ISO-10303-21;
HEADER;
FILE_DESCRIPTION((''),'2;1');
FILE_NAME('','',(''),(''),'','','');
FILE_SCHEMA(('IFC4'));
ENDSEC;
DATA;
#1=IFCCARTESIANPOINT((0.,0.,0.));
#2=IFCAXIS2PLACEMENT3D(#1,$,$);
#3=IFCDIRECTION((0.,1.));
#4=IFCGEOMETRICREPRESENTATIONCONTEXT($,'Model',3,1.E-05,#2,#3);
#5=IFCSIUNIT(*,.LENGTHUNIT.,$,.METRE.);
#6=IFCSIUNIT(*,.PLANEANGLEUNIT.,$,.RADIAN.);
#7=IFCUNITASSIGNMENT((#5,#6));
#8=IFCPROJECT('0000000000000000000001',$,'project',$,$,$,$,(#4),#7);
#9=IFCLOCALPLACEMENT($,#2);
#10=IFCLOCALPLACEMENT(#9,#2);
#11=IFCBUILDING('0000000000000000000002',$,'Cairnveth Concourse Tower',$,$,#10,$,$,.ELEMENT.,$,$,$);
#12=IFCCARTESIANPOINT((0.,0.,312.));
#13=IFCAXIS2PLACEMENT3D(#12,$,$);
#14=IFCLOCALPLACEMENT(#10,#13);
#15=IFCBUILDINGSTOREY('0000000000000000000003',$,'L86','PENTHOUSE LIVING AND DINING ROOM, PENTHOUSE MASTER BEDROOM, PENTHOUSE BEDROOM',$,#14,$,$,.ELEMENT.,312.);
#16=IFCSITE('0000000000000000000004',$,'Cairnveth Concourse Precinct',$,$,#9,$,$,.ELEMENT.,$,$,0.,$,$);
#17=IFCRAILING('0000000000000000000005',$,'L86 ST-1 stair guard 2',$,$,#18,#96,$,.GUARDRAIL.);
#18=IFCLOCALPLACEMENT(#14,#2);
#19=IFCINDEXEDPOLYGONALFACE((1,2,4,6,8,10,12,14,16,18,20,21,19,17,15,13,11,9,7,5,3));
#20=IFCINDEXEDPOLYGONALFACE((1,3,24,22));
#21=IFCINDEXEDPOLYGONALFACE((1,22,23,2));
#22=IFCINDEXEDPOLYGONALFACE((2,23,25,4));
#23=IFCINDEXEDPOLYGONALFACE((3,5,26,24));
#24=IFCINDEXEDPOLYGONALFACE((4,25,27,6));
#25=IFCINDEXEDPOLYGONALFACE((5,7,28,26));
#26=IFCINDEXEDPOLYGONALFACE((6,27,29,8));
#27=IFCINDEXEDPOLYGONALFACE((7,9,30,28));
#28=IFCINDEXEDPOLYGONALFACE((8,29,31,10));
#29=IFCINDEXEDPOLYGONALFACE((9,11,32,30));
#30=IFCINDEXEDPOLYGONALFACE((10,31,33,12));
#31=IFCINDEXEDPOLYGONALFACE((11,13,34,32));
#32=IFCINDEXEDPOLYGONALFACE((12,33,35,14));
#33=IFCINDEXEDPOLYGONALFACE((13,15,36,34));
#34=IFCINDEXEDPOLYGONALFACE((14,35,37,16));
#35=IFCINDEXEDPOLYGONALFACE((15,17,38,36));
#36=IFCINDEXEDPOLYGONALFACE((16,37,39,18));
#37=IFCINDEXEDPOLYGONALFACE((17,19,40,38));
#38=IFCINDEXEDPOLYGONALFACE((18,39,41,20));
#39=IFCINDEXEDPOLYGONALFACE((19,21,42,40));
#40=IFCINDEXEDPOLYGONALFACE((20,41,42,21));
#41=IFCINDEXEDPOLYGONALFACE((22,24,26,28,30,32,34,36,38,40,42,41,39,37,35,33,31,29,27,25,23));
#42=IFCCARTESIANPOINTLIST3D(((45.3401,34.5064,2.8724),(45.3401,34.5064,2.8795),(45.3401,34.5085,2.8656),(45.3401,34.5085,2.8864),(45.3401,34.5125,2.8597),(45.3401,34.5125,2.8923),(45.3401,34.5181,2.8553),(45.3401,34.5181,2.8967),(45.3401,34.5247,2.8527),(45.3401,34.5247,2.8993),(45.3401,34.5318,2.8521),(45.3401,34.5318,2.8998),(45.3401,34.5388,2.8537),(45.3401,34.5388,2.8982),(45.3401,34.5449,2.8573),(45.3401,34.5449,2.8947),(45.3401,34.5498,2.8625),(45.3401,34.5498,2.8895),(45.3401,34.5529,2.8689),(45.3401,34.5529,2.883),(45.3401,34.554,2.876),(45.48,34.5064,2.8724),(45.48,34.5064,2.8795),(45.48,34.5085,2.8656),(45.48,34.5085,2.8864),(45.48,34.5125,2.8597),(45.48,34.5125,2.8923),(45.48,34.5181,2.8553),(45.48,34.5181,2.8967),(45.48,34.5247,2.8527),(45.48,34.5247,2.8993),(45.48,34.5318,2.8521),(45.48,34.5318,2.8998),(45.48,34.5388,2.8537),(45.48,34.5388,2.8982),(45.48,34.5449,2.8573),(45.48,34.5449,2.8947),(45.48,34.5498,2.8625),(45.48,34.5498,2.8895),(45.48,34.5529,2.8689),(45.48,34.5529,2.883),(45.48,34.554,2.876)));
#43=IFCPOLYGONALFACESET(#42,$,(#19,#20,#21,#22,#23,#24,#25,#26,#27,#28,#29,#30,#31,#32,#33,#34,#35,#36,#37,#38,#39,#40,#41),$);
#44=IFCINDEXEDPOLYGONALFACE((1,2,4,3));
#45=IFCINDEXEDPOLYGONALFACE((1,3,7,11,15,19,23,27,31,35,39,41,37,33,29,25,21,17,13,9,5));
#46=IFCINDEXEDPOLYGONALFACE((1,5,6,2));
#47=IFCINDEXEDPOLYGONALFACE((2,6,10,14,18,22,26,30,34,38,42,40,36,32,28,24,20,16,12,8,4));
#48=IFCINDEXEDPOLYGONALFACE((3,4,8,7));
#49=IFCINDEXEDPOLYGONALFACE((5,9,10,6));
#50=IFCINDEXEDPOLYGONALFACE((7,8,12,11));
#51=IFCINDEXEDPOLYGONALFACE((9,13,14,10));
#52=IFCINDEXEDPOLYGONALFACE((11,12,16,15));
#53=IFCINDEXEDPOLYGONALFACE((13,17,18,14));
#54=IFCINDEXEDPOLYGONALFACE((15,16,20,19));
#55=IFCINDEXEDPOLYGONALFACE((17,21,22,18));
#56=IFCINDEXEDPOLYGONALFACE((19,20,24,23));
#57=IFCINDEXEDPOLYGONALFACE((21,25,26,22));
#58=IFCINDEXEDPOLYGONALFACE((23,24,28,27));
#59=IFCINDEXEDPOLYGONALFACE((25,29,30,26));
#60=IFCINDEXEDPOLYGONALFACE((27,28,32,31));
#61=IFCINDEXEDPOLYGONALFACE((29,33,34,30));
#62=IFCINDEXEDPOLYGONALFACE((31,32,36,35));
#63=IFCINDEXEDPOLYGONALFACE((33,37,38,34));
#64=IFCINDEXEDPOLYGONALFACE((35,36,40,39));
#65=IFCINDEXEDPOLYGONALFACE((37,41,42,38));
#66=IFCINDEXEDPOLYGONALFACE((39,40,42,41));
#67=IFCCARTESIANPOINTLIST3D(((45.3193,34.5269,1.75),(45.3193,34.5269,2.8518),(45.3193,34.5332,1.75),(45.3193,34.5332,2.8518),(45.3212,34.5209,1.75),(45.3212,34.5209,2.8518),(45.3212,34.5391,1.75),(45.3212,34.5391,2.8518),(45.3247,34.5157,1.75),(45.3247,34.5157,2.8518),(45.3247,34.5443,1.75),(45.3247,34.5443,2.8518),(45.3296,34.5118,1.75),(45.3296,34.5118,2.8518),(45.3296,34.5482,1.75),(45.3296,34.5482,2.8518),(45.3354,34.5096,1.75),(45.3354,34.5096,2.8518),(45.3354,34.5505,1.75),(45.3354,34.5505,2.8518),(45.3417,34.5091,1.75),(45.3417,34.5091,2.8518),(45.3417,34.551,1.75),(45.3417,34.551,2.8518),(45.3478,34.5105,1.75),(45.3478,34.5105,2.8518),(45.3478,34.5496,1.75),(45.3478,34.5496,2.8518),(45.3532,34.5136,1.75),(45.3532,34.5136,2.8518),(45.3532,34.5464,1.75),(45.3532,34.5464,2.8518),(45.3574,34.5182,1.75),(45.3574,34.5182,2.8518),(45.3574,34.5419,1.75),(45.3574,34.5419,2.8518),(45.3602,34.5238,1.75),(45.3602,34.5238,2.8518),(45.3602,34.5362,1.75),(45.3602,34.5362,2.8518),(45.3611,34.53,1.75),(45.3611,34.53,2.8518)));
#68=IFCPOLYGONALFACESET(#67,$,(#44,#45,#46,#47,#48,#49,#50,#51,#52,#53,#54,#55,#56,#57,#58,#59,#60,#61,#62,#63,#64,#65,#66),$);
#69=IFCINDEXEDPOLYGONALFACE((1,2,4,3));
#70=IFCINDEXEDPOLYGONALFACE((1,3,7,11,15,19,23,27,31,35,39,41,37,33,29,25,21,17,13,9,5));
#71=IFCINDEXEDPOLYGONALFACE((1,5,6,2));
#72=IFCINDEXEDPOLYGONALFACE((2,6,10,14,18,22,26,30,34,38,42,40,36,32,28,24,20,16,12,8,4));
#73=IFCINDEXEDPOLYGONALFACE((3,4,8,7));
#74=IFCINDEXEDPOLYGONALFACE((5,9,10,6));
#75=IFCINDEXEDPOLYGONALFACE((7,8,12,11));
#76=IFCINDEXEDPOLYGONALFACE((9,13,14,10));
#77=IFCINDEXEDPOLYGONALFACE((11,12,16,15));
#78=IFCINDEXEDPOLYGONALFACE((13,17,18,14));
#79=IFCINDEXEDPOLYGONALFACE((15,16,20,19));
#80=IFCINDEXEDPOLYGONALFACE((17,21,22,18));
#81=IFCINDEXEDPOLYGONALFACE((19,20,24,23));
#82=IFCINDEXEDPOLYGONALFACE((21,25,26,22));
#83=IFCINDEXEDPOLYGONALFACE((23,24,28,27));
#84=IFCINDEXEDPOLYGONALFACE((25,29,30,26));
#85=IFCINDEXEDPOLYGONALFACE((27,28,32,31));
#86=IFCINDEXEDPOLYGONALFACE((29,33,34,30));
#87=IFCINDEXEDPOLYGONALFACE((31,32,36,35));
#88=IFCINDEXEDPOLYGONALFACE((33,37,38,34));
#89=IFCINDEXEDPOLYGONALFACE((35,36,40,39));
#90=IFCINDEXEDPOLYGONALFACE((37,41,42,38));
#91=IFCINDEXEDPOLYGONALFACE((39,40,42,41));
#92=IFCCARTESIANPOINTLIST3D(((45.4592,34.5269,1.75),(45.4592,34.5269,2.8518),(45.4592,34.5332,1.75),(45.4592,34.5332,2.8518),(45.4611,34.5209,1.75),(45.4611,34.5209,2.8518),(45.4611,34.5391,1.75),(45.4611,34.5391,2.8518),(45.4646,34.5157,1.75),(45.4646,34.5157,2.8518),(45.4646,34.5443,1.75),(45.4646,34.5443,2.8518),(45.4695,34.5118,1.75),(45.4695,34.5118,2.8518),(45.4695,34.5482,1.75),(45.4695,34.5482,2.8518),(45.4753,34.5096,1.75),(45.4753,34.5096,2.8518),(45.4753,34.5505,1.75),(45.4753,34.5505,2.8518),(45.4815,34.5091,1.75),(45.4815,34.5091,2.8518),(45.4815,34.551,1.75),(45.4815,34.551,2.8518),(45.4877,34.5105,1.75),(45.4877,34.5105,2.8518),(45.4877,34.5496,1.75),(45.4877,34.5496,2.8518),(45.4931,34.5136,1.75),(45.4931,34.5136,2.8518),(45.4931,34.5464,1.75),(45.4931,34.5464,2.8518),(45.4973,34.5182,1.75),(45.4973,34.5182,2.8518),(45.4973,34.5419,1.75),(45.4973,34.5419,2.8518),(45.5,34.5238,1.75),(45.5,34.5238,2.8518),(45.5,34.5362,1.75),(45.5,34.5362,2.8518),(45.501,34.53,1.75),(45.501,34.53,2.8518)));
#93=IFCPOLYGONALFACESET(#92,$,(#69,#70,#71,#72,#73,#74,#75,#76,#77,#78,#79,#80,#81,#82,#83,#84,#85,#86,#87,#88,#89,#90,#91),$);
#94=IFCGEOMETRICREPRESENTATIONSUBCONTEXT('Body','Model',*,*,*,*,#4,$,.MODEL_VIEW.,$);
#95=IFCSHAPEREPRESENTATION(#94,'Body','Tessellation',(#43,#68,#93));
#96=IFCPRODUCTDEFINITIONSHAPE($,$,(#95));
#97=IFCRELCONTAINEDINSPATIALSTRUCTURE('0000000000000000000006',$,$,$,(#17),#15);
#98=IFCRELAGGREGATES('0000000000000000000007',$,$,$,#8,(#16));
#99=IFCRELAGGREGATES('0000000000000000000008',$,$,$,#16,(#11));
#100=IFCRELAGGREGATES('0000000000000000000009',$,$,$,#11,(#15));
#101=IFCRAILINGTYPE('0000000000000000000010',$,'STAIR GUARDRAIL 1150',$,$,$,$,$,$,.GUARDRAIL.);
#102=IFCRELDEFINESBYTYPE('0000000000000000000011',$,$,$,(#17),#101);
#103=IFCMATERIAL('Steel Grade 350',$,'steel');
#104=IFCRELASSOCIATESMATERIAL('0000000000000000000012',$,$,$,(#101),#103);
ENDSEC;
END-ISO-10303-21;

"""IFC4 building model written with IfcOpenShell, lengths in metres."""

from ifc_helpers import new_model, si_unit, direction, frame, origin, origin_2d, place, context, subcontext, project, spatial, circle, extrude, material, type_object, element, save


model = new_model("IFC4")

# Units and contexts
model_context = context("Model", 3, precision=1e-05, world=origin(), true_north=direction((0.0, 1.0)))
body_context = subcontext(model_context, "Body", "Model", "MODEL_VIEW")
ifc_project = project(units=[si_unit("LENGTHUNIT", "METRE"), si_unit("PLANEANGLEUNIT", "RADIAN")], contexts=[model_context])

# Site, building, storey
site_placement = place(None, origin())
site = spatial("IfcSite", under=ifc_project, at=site_placement, Name="Cairnveth Concourse Precinct", CompositionType="ELEMENT", RefElevation=0.0)
building_placement = place(site_placement, origin())
building = spatial("IfcBuilding", under=site, at=building_placement, Name="Cairnveth Concourse Tower", CompositionType="ELEMENT")
storey_placement = place(building_placement, frame((0.0, 0.0, 312.0)))
storey = spatial("IfcBuildingStorey", under=building, at=storey_placement, Name="L86", Description="PENTHOUSE LIVING AND DINING ROOM, PENTHOUSE MASTER BEDROOM, PENTHOUSE BEDROOM", CompositionType="ELEMENT", Elevation=312.0)

# Shared definitions
ifc_material_1 = material(Name="Steel Grade 350", Category="steel")

# Railing
railing_type_1 = type_object("IfcRailingType", Name="STAIR GUARDRAIL 1150", PredefinedType="GUARDRAIL", material=ifc_material_1)
railing_1_placement = place(storey_placement, frame((45.3401, 34.53, 1.75)))
element("IfcRailing", 1, at=railing_1_placement, inside=storey, type_object=railing_type_1, Name="L86 ST-1 stair guard 2", PredefinedType="GUARDRAIL", context=body_context, shape_type="SweptSolid", body=[
    extrude(circle(Radius=0.0239, at=origin_2d()), frame((0.0, 0.0, 1.126), z_axis=(1.0, 0.0, 0.0), x_axis=(0.0, 1.0, 0.0)), (0.0, 0.0, 1.0), 0.1399),
    extrude(circle(Radius=0.021, at=origin_2d()), origin(), (0.0, 0.0, 1.0), 1.1018),
    extrude(circle(Radius=0.021, at=origin_2d()), frame((0.1399, 0.0, 0.0)), (0.0, 0.0, 1.0), 1.1018),
])

save(model, "model.ifc")
